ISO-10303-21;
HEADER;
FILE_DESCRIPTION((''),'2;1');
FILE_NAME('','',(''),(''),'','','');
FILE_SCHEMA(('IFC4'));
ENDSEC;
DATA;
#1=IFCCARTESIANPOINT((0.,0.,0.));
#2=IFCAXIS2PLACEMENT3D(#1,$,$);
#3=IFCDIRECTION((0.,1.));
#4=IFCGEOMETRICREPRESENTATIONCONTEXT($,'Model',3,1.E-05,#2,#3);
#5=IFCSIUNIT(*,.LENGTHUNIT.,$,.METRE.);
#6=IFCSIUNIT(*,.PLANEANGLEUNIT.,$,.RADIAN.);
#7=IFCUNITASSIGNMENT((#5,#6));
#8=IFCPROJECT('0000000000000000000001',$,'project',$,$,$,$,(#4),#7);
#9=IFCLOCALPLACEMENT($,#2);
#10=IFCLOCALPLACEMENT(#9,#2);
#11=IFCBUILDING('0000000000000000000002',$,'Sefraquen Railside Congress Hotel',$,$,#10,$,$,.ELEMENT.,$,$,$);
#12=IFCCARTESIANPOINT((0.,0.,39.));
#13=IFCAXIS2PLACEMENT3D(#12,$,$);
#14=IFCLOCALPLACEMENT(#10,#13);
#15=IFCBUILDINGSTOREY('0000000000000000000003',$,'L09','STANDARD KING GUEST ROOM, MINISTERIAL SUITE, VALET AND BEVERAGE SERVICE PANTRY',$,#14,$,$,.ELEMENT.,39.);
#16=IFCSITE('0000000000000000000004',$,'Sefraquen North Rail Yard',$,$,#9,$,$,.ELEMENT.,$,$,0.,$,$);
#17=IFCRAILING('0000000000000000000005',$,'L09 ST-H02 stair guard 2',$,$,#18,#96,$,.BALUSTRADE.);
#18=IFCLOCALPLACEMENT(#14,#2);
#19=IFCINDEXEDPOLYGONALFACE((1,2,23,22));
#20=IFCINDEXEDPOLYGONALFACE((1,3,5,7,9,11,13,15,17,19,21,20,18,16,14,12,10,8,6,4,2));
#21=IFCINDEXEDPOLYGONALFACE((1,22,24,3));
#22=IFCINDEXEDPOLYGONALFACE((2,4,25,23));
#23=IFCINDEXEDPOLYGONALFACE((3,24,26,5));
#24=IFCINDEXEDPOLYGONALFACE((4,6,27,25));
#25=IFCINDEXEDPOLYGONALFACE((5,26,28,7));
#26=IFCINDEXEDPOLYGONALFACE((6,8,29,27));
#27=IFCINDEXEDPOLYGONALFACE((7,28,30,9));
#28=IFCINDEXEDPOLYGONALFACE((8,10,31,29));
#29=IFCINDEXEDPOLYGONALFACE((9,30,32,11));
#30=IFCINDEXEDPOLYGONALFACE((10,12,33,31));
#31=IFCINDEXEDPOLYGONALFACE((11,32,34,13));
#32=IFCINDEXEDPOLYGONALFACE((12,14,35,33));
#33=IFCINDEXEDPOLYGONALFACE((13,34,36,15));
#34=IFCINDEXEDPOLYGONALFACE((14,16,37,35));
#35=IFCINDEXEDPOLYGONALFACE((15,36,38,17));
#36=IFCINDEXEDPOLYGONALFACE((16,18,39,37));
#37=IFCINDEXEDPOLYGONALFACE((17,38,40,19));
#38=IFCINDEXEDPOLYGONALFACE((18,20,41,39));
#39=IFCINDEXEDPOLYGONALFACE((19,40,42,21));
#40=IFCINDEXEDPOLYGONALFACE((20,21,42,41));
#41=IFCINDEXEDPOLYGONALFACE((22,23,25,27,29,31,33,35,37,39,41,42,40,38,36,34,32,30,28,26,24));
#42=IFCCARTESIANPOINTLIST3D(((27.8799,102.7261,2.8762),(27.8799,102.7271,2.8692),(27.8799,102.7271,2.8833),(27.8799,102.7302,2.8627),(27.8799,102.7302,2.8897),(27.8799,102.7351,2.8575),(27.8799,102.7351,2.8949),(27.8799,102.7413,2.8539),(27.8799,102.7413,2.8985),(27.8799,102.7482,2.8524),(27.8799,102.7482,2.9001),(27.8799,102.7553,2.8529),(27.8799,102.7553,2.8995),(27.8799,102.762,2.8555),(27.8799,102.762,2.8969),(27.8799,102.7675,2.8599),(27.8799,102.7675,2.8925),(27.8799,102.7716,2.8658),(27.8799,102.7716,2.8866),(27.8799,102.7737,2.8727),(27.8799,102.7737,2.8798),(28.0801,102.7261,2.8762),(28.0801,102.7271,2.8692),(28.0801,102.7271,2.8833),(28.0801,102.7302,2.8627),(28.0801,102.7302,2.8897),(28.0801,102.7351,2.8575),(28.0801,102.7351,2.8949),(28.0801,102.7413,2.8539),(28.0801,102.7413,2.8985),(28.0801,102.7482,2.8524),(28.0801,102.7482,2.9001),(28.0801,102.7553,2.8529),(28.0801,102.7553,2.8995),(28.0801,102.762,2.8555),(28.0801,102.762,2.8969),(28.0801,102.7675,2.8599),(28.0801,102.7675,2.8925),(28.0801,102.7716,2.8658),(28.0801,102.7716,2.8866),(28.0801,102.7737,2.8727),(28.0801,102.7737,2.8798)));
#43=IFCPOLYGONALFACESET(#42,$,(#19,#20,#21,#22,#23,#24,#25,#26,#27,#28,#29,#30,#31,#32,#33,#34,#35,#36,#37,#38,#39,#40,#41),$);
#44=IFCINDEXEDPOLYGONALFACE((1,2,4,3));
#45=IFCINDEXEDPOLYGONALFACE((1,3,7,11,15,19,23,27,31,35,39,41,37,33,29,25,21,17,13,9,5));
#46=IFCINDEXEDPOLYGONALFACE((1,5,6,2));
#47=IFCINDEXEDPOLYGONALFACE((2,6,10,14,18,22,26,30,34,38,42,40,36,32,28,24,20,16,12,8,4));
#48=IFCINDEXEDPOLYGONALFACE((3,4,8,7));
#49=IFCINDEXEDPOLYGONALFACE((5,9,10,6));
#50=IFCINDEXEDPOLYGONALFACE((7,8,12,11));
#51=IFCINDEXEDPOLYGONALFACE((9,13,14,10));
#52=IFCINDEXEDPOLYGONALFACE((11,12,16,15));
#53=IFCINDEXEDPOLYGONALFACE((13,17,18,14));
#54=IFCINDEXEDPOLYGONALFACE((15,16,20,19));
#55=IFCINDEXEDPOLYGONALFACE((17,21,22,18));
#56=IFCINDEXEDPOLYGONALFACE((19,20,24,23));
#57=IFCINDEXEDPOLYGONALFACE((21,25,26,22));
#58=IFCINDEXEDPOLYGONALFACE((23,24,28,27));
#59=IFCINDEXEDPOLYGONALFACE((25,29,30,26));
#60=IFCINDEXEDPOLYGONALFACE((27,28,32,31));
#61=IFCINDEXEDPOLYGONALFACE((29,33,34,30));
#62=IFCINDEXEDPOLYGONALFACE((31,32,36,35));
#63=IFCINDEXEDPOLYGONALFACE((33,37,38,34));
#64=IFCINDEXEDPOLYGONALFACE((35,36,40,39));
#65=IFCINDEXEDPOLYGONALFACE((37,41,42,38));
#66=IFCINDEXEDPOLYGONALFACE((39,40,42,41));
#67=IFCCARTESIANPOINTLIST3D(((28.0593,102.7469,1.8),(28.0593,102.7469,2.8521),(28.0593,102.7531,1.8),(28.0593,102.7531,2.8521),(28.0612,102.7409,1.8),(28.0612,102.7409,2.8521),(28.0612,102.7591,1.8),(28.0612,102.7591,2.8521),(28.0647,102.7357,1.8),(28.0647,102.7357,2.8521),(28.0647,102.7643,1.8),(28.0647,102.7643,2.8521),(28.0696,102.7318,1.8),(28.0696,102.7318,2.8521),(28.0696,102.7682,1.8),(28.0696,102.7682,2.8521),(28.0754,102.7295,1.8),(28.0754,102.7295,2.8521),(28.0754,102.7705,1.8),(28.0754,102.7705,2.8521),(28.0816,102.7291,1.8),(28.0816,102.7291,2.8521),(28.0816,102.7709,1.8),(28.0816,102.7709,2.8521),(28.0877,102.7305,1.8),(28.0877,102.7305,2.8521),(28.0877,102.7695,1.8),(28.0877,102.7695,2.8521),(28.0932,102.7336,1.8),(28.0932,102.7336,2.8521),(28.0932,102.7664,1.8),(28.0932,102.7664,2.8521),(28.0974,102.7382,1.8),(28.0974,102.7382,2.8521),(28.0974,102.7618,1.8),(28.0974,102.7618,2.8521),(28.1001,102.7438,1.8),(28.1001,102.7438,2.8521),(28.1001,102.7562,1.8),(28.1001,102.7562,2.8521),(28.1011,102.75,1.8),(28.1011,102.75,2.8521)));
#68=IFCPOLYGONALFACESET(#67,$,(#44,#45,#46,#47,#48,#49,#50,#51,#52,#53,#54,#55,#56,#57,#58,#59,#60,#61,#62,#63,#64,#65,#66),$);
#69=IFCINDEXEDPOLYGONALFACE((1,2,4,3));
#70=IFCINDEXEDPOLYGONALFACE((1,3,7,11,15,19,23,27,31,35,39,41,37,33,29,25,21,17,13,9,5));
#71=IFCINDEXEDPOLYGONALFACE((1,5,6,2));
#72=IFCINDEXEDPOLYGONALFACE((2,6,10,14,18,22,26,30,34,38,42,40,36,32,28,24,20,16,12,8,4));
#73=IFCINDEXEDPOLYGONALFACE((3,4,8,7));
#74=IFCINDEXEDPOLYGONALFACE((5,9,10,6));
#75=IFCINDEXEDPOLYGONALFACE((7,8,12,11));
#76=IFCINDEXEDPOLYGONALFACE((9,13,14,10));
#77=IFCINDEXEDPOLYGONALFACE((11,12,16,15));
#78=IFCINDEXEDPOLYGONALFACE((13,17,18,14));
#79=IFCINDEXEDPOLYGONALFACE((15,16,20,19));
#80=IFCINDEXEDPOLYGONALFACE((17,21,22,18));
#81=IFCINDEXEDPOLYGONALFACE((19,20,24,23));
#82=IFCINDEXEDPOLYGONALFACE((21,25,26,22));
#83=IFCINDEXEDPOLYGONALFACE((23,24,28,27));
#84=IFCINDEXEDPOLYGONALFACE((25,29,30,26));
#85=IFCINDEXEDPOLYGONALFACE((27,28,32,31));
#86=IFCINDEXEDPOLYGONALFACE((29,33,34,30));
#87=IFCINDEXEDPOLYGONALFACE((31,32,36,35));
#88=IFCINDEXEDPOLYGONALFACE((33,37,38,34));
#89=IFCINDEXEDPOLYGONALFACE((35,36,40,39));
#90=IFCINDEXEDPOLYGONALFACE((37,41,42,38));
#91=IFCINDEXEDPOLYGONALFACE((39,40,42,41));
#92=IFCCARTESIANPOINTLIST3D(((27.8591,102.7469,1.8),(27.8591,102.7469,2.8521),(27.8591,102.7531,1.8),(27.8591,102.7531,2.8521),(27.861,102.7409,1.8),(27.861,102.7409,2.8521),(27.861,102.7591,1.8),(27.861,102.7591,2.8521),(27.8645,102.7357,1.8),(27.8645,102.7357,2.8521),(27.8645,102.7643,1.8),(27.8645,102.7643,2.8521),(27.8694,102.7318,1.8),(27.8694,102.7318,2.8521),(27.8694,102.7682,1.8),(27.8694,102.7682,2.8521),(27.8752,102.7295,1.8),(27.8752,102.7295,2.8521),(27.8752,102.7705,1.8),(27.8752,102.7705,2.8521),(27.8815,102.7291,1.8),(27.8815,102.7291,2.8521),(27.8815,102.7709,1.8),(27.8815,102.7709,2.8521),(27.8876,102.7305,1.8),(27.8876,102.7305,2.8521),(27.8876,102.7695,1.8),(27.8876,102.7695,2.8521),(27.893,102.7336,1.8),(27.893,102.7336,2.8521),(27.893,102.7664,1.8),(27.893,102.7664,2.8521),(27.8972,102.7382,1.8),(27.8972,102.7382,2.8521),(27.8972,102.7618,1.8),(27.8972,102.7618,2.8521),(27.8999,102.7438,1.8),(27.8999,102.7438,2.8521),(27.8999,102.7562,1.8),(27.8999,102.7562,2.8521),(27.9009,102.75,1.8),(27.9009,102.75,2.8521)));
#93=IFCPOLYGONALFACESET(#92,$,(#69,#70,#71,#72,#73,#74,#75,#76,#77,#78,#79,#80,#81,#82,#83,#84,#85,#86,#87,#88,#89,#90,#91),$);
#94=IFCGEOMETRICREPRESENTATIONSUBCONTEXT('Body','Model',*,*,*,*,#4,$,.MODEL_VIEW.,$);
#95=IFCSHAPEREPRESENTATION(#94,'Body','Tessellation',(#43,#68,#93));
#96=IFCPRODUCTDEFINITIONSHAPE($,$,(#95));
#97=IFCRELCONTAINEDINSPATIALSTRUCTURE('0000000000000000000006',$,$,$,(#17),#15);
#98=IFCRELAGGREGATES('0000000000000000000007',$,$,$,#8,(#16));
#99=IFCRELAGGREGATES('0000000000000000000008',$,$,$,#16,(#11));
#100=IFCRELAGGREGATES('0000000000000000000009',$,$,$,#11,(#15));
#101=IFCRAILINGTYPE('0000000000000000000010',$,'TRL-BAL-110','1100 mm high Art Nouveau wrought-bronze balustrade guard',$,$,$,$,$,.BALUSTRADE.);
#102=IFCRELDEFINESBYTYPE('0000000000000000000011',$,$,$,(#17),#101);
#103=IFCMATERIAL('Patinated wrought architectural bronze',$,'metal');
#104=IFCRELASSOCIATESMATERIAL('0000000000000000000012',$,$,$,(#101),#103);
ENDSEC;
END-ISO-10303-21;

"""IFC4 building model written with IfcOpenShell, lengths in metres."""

from ifc_helpers import new_model, si_unit, direction, frame, origin, origin_2d, place, context, subcontext, project, spatial, circle, extrude, material, type_object, element, save


model = new_model("IFC4")

# Units and contexts
model_context = context("Model", 3, precision=1e-05, world=origin(), true_north=direction((0.0, 1.0)))
body_context = subcontext(model_context, "Body", "Model", "MODEL_VIEW")
ifc_project = project(units=[si_unit("LENGTHUNIT", "METRE"), si_unit("PLANEANGLEUNIT", "RADIAN")], contexts=[model_context])

# Site, building, storey
site_placement = place(None, origin())
site = spatial("IfcSite", under=ifc_project, at=site_placement, Name="Sefraquen North Rail Yard", CompositionType="ELEMENT", RefElevation=0.0)
building_placement = place(site_placement, origin())
building = spatial("IfcBuilding", under=site, at=building_placement, Name="Sefraquen Railside Congress Hotel", CompositionType="ELEMENT")
storey_placement = place(building_placement, frame((0.0, 0.0, 39.0)))
storey = spatial("IfcBuildingStorey", under=building, at=storey_placement, Name="L09", Description="STANDARD KING GUEST ROOM, MINISTERIAL SUITE, VALET AND BEVERAGE SERVICE PANTRY", CompositionType="ELEMENT", Elevation=39.0)

# Railing
ifc_material_1 = material(Name="Patinated wrought architectural bronze", Category="metal")
railing_type_1 = type_object("IfcRailingType", Name="TRL-BAL-110", Description="1100 mm high Art Nouveau wrought-bronze balustrade guard", PredefinedType="BALUSTRADE", material=ifc_material_1)
railing_1_placement = place(storey_placement, frame((28.0801, 102.75, 1.8)))
element("IfcRailing", 1, at=railing_1_placement, inside=storey, type_object=railing_type_1, Name="L09 ST-H02 stair guard 2", PredefinedType="BALUSTRADE", context=body_context, shape_type="SweptSolid", body=[
    extrude(circle(Radius=0.0239, at=origin_2d()), frame((0.0, 0.0, 1.0762), z_axis=(-1.0, 0.0, 0.0), x_axis=(0.0, -1.0, 0.0)), (0.0, 0.0, 1.0), 0.2002),
    extrude(circle(Radius=0.021, at=origin_2d()), origin(), (0.0, 0.0, 1.0), 1.052),
    extrude(circle(Radius=0.021, at=origin_2d()), frame((-0.2002, 0.0, 0.0)), (0.0, 0.0, 1.0), 1.052),
])

save(model, "model.ifc")
